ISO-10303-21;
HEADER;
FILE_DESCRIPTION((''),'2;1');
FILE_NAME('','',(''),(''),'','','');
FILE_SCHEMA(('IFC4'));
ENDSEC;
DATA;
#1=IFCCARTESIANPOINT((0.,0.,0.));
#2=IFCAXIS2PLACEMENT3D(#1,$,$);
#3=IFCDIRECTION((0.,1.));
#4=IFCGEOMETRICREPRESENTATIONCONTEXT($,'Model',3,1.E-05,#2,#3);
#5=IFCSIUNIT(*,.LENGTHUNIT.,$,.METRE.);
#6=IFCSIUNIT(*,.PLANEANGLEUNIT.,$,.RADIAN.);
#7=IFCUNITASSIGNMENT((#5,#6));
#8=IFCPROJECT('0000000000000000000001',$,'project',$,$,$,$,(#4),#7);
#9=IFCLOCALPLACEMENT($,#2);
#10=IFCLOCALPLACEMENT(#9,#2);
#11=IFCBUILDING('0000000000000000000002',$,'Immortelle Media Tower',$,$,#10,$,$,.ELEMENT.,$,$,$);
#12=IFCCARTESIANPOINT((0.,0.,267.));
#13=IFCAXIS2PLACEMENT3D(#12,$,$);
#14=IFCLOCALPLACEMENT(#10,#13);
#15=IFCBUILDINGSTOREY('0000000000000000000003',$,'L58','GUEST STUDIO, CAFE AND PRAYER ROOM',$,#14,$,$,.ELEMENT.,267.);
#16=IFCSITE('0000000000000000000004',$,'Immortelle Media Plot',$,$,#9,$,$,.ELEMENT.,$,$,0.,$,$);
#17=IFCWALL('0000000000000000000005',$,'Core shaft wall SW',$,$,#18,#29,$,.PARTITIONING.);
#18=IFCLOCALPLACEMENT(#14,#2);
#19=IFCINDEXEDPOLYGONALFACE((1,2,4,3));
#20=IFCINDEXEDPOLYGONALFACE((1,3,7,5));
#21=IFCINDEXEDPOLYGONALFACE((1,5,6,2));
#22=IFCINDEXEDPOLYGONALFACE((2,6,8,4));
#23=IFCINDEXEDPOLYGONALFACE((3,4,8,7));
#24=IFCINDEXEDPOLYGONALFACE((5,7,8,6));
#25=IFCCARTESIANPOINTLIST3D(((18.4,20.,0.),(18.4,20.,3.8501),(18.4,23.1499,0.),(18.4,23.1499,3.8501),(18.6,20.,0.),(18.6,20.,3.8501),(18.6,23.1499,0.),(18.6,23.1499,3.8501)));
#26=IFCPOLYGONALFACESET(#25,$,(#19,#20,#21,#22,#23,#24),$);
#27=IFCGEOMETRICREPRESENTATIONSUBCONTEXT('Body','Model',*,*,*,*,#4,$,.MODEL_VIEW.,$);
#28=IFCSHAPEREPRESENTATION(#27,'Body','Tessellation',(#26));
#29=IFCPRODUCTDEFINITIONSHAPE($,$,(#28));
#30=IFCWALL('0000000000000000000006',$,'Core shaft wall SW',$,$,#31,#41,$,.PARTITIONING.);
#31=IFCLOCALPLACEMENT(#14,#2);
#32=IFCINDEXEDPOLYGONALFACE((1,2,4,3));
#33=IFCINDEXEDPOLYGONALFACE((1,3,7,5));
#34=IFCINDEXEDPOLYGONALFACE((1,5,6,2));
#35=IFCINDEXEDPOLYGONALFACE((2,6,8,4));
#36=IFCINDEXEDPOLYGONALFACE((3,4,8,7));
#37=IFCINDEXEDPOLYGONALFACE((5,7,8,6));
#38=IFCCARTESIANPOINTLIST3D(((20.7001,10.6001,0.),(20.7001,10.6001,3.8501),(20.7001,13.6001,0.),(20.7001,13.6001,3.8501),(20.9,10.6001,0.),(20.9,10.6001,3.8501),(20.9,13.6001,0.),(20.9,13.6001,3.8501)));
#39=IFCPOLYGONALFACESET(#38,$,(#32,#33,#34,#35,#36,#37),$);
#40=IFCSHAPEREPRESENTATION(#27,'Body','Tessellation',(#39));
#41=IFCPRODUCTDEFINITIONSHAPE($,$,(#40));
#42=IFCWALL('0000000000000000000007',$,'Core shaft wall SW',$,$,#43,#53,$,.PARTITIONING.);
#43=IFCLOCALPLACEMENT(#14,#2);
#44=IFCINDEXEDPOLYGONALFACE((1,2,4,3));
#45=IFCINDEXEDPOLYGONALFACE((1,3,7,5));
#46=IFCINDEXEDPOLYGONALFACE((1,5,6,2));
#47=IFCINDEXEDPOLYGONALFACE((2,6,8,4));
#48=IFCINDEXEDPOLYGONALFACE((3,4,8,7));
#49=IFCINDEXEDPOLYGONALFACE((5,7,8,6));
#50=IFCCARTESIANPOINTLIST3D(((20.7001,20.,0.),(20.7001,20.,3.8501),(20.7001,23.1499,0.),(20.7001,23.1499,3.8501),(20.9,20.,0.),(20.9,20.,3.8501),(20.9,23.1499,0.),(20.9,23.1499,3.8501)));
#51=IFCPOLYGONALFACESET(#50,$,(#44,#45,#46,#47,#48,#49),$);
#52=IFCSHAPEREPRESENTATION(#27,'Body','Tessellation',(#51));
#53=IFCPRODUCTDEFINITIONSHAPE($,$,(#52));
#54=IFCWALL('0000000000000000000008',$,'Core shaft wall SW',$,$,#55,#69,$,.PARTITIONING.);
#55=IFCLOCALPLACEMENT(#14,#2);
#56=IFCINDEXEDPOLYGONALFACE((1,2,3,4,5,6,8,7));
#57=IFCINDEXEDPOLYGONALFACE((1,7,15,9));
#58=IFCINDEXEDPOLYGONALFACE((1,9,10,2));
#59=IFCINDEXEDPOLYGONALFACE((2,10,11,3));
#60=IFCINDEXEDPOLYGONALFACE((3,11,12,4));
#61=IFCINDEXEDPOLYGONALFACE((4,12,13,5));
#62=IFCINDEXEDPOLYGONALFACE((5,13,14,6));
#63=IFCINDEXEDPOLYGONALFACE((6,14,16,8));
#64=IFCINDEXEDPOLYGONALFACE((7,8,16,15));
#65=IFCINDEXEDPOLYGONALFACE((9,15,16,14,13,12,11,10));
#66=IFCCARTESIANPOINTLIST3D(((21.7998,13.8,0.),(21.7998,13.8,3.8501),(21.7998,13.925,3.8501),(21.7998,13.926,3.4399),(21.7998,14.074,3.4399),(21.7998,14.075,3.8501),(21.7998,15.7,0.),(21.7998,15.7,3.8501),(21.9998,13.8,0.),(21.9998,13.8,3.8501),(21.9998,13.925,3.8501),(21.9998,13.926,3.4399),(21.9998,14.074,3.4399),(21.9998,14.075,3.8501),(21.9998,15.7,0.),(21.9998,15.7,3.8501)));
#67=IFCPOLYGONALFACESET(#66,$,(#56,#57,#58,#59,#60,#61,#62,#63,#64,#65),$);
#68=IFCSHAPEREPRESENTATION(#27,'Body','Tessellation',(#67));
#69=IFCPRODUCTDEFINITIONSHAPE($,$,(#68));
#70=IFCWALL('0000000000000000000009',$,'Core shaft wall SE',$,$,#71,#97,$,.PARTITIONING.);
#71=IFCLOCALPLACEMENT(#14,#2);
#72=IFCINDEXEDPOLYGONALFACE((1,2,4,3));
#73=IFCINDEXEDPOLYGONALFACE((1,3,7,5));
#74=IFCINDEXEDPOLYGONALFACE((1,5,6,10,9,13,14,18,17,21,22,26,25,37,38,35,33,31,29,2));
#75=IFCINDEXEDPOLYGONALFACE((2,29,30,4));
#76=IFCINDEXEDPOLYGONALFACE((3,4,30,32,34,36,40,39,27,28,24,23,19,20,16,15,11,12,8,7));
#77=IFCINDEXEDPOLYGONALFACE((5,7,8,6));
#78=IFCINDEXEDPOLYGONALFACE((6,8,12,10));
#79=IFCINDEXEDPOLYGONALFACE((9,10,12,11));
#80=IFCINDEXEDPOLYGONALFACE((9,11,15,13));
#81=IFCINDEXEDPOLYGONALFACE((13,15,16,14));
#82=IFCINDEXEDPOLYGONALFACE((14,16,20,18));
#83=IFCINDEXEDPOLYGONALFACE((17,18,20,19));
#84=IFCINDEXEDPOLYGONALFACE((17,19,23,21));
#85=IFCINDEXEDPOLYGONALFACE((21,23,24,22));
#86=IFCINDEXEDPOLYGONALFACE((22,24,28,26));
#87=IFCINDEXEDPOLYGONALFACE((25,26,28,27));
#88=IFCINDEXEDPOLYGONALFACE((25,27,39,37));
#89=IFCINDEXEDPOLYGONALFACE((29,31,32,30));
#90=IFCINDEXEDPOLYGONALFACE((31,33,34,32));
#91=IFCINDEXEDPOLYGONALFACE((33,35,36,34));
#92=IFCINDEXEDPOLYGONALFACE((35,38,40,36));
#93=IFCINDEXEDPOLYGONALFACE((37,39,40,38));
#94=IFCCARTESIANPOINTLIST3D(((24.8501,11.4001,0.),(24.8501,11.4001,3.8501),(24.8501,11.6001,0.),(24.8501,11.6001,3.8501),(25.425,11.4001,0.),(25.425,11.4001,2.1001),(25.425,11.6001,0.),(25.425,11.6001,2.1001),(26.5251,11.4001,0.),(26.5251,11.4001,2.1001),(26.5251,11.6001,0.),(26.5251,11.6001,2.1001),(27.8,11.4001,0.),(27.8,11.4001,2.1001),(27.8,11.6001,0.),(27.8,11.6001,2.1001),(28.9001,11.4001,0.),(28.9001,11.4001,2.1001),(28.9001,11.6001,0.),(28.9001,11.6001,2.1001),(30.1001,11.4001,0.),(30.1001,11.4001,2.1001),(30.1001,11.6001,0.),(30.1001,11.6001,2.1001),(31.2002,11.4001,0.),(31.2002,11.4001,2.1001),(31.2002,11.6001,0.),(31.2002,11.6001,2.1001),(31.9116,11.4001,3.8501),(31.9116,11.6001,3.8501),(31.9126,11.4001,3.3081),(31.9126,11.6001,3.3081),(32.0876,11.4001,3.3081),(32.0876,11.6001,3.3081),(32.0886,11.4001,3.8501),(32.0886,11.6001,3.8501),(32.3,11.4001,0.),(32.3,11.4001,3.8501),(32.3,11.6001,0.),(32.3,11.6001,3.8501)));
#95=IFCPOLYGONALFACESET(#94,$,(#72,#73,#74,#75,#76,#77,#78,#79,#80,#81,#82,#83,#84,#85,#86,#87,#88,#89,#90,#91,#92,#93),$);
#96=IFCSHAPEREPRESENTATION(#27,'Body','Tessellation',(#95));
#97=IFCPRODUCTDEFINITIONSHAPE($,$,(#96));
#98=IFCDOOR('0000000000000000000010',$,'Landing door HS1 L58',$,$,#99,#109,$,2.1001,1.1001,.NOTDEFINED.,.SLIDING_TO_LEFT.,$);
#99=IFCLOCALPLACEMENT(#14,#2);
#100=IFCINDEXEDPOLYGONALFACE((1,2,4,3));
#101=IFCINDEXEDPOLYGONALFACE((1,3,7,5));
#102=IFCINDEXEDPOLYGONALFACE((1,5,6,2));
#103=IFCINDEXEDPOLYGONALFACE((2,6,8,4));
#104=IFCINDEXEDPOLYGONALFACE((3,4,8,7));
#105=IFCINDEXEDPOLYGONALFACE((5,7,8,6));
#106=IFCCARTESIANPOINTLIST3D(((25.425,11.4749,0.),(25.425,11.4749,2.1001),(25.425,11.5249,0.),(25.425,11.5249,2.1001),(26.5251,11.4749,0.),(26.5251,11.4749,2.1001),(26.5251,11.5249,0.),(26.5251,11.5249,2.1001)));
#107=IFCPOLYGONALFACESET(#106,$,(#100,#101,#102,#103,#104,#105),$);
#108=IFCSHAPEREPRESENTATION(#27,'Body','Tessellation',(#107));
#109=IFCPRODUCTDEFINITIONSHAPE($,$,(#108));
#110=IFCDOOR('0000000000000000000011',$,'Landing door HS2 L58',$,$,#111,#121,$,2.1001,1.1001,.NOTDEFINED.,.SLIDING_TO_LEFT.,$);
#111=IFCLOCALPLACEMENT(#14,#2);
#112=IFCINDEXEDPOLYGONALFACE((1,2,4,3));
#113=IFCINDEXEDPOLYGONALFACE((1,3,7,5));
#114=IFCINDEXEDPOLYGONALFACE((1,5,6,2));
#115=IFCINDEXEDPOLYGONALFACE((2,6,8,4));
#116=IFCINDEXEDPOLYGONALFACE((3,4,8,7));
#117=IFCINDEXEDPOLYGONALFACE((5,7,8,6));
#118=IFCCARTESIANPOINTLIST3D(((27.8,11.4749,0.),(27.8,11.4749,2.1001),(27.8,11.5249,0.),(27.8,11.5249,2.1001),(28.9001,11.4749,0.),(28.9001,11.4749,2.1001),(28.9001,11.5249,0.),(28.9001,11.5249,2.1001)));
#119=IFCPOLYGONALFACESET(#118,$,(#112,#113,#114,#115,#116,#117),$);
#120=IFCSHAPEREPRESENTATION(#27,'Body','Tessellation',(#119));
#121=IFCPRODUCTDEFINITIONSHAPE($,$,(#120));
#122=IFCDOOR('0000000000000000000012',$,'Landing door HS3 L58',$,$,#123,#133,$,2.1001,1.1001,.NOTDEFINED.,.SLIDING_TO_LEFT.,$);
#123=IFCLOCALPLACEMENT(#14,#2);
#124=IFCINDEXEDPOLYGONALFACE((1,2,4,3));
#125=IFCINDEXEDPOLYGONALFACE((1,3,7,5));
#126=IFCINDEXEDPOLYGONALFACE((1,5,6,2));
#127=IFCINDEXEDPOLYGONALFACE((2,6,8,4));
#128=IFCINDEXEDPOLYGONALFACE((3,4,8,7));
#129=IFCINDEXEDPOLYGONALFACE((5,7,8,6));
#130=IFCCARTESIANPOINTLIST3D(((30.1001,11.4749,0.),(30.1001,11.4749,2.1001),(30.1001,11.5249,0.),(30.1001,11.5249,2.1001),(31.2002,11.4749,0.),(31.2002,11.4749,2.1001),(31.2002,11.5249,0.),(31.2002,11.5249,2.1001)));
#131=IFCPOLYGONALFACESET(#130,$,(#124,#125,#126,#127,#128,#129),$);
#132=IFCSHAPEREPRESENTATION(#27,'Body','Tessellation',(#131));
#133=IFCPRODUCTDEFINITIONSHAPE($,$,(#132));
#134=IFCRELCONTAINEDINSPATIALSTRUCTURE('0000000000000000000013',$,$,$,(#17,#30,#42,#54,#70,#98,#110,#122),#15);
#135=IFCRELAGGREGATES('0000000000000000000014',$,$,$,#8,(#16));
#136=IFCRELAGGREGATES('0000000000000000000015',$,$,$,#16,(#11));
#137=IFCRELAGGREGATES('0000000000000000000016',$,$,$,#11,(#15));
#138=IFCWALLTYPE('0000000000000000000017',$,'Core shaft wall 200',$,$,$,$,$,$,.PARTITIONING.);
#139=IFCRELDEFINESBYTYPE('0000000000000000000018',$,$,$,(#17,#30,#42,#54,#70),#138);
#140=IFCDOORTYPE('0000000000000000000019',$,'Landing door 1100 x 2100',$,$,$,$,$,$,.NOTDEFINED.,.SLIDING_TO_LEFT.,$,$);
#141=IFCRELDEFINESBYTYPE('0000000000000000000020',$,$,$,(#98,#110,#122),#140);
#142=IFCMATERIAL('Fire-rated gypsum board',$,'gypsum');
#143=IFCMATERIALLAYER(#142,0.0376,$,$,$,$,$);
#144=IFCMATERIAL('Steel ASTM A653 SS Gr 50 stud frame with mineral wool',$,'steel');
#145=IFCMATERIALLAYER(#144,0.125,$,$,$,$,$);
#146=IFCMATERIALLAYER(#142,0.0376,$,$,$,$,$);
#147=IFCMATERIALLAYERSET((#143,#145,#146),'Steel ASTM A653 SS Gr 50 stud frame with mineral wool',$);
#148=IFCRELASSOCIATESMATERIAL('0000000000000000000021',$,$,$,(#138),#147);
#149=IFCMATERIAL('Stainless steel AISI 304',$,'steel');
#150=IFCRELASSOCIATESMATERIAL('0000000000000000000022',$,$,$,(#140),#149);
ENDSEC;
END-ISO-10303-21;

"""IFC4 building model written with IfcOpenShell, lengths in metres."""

from ifc_helpers import new_model, si_unit, direction, frame, frame_2d, origin, place, context, subcontext, project, spatial, polyline, rectangle, outline, extrude, material, layer, layer_set, type_object, element, fill, save


model = new_model("IFC4")

# Units and contexts
model_context = context("Model", 3, precision=1e-05, world=origin(), true_north=direction((0.0, 1.0)))
body_context = subcontext(model_context, "Body", "Model", "MODEL_VIEW")
ifc_project = project(units=[si_unit("LENGTHUNIT", "METRE"), si_unit("PLANEANGLEUNIT", "RADIAN")], contexts=[model_context])

# Site, building, storey
site_placement = place(None, origin())
site = spatial("IfcSite", under=ifc_project, at=site_placement, Name="Immortelle Media Plot", CompositionType="ELEMENT", RefElevation=0.0)
building_placement = place(site_placement, origin())
building = spatial("IfcBuilding", under=site, at=building_placement, Name="Immortelle Media Tower", CompositionType="ELEMENT")
storey_placement = place(building_placement, frame((0.0, 0.0, 267.0)))
storey = spatial("IfcBuildingStorey", under=building, at=storey_placement, Name="L58", Description="GUEST STUDIO, CAFE AND PRAYER ROOM", CompositionType="ELEMENT", Elevation=267.0)

# Walls
ifc_material_1 = material(Name="Fire-rated gypsum board", Category="gypsum")
ifc_material_2 = material(Name="Steel ASTM A653 SS Gr 50 stud frame with mineral wool", Category="steel")
ifc_layer_1 = layer(ifc_material_1, 0.0376)
ifc_layer_2 = layer(ifc_material_2, 0.125)
ifc_layer_3 = layer(ifc_material_1, 0.0376)
ifc_layer_set_1 = layer_set([ifc_layer_1, ifc_layer_2, ifc_layer_3], Name="Steel ASTM A653 SS Gr 50 stud frame with mineral wool")
wall_type_1 = type_object("IfcWallType", Name="Core shaft wall 200", PredefinedType="PARTITIONING", material=ifc_layer_set_1)
wall_1_placement = place(storey_placement, frame((18.5, 20.0, 0.0), z_axis=(0.0, 0.0, 1.0), x_axis=(0.0, 1.0, 0.0)))
element("IfcWall", 1, at=wall_1_placement, inside=storey, type_object=wall_type_1, Name="Core shaft wall SW", PredefinedType="PARTITIONING", context=body_context, shape_type="SweptSolid", body=[
    extrude(rectangle(XDim=3.1499, YDim=0.2, at=frame_2d((1.575, 0.0))), origin(), (0.0, 0.0, 1.0), 3.8501),
])
wall_2_placement = place(storey_placement, frame((20.8, 10.6001, 0.0), z_axis=(0.0, 0.0, 1.0), x_axis=(0.0, 1.0, 0.0)))
element("IfcWall", 2, at=wall_2_placement, inside=storey, type_object=wall_type_1, Name="Core shaft wall SW", PredefinedType="PARTITIONING", context=body_context, shape_type="SweptSolid", body=[
    extrude(rectangle(XDim=3.0, YDim=0.2, at=frame_2d((1.5, 0.0))), origin(), (0.0, 0.0, 1.0), 3.8501),
])
wall_3_placement = place(storey_placement, frame((20.8, 20.0, 0.0), z_axis=(0.0, 0.0, 1.0), x_axis=(0.0, 1.0, 0.0)))
element("IfcWall", 3, at=wall_3_placement, inside=storey, type_object=wall_type_1, Name="Core shaft wall SW", PredefinedType="PARTITIONING", context=body_context, shape_type="SweptSolid", body=[
    extrude(rectangle(XDim=3.1499, YDim=0.2, at=frame_2d((1.575, 0.0))), origin(), (0.0, 0.0, 1.0), 3.8501),
])
wall_4_placement = place(storey_placement, frame((21.8999, 13.8, 0.0), z_axis=(0.0, 0.0, 1.0), x_axis=(0.0, 1.0, 0.0)))
element("IfcWall", 4, at=wall_4_placement, inside=storey, type_object=wall_type_1, Name="Core shaft wall SW", PredefinedType="PARTITIONING", context=body_context, shape_type="SweptSolid", body=[
    extrude(outline(polyline([(0.0, 0.0), (1.8999, 0.0), (1.8999, 3.8501), (0.2749, 3.8501), (0.2739, 3.4399), (0.126, 3.4399), (0.125, 3.8501), (0.0, 3.8501), (0.0, 0.0)])), frame((0.0, 0.1001, 0.0), z_axis=(0.0, -1.0, 0.0), x_axis=(1.0, 0.0, 0.0)), (0.0, 0.0, 1.0), 0.2),
])

# Wall, openings, doors
wall_5_placement = place(storey_placement, frame((24.8501, 11.5, 0.0), z_axis=(0.0, 0.0, 1.0), x_axis=(1.0, 0.0, 0.0)))
wall_5 = element("IfcWall", 5, at=wall_5_placement, inside=storey, type_object=wall_type_1, Name="Core shaft wall SE", PredefinedType="PARTITIONING", context=body_context, shape_type="SweptSolid", body=[
    extrude(outline(polyline([(0.0, 0.0), (7.45, 0.0), (7.45, 3.8501), (7.2385, 3.8501), (7.2375, 3.3081), (7.0625, 3.3081), (7.0615, 3.8501), (0.0, 3.8501), (0.0, 0.0)])), frame((0.0, 0.1001, 0.0), z_axis=(0.0, -1.0, 0.0), x_axis=(1.0, 0.0, 0.0)), (0.0, 0.0, 1.0), 0.2),
])
opening_1_placement = place(wall_5_placement, frame((0.575, 0.0, 0.0)))
opening_1 = element("IfcOpeningElement", 6, at=opening_1_placement, cuts=wall_5, PredefinedType="OPENING", context=body_context, shape_type="SweptSolid", body=[
    extrude(rectangle(XDim=1.1001, YDim=2.1001, at=frame_2d((0.55, 1.05))), frame((0.0, 0.1099, 0.0), z_axis=(0.0, -1.0, 0.0), x_axis=(1.0, 0.0, 0.0)), (0.0, 0.0, 1.0), 0.22),
])
opening_2_placement = place(wall_5_placement, frame((2.95, 0.0, 0.0)))
opening_2 = element("IfcOpeningElement", 7, at=opening_2_placement, cuts=wall_5, PredefinedType="OPENING", context=body_context, shape_type="SweptSolid", body=[
    extrude(rectangle(XDim=1.1001, YDim=2.1001, at=frame_2d((0.55, 1.05))), frame((0.0, 0.1099, 0.0), z_axis=(0.0, -1.0, 0.0), x_axis=(1.0, 0.0, 0.0)), (0.0, 0.0, 1.0), 0.22),
])
opening_3_placement = place(wall_5_placement, frame((5.25, 0.0, 0.0)))
opening_3 = element("IfcOpeningElement", 8, at=opening_3_placement, cuts=wall_5, PredefinedType="OPENING", context=body_context, shape_type="SweptSolid", body=[
    extrude(rectangle(XDim=1.1001, YDim=2.1001, at=frame_2d((0.55, 1.05))), frame((0.0, 0.1099, 0.0), z_axis=(0.0, -1.0, 0.0), x_axis=(1.0, 0.0, 0.0)), (0.0, 0.0, 1.0), 0.22),
])
ifc_material_3 = material(Name="Stainless steel AISI 304", Category="steel")
door_type_1 = type_object("IfcDoorType", Name="Landing door 1100 x 2100", OperationType="SLIDING_TO_LEFT", PredefinedType="NOTDEFINED", material=ifc_material_3)
door_1_placement = place(opening_1_placement, origin())
door_1 = element("IfcDoor", 9, at=door_1_placement, inside=storey, type_object=door_type_1, Name="Landing door HS1 L58", OperationType="SLIDING_TO_LEFT", OverallHeight=2.1001, OverallWidth=1.1001, PredefinedType="NOTDEFINED", context=body_context, shape_type="SweptSolid", body=[
    extrude(rectangle(XDim=1.1001, YDim=2.1001, at=frame_2d((0.55, 1.05))), frame((0.0, 0.0249, 0.0), z_axis=(0.0, -1.0, 0.0), x_axis=(1.0, 0.0, 0.0)), (0.0, 0.0, 1.0), 0.05),
])
fill(opening_1, door_1)
door_2_placement = place(opening_2_placement, origin())
door_2 = element("IfcDoor", 10, at=door_2_placement, inside=storey, type_object=door_type_1, Name="Landing door HS2 L58", OperationType="SLIDING_TO_LEFT", OverallHeight=2.1001, OverallWidth=1.1001, PredefinedType="NOTDEFINED", context=body_context, shape_type="SweptSolid", body=[
    extrude(rectangle(XDim=1.1001, YDim=2.1001, at=frame_2d((0.55, 1.05))), frame((0.0, 0.0249, 0.0), z_axis=(0.0, -1.0, 0.0), x_axis=(1.0, 0.0, 0.0)), (0.0, 0.0, 1.0), 0.05),
])
fill(opening_2, door_2)
door_3_placement = place(opening_3_placement, origin())
door_3 = element("IfcDoor", 11, at=door_3_placement, inside=storey, type_object=door_type_1, Name="Landing door HS3 L58", OperationType="SLIDING_TO_LEFT", OverallHeight=2.1001, OverallWidth=1.1001, PredefinedType="NOTDEFINED", context=body_context, shape_type="SweptSolid", body=[
    extrude(rectangle(XDim=1.1001, YDim=2.1001, at=frame_2d((0.55, 1.05))), frame((0.0, 0.0249, 0.0), z_axis=(0.0, -1.0, 0.0), x_axis=(1.0, 0.0, 0.0)), (0.0, 0.0, 1.0), 0.05),
])
fill(opening_3, door_3)

save(model, "model.ifc")
